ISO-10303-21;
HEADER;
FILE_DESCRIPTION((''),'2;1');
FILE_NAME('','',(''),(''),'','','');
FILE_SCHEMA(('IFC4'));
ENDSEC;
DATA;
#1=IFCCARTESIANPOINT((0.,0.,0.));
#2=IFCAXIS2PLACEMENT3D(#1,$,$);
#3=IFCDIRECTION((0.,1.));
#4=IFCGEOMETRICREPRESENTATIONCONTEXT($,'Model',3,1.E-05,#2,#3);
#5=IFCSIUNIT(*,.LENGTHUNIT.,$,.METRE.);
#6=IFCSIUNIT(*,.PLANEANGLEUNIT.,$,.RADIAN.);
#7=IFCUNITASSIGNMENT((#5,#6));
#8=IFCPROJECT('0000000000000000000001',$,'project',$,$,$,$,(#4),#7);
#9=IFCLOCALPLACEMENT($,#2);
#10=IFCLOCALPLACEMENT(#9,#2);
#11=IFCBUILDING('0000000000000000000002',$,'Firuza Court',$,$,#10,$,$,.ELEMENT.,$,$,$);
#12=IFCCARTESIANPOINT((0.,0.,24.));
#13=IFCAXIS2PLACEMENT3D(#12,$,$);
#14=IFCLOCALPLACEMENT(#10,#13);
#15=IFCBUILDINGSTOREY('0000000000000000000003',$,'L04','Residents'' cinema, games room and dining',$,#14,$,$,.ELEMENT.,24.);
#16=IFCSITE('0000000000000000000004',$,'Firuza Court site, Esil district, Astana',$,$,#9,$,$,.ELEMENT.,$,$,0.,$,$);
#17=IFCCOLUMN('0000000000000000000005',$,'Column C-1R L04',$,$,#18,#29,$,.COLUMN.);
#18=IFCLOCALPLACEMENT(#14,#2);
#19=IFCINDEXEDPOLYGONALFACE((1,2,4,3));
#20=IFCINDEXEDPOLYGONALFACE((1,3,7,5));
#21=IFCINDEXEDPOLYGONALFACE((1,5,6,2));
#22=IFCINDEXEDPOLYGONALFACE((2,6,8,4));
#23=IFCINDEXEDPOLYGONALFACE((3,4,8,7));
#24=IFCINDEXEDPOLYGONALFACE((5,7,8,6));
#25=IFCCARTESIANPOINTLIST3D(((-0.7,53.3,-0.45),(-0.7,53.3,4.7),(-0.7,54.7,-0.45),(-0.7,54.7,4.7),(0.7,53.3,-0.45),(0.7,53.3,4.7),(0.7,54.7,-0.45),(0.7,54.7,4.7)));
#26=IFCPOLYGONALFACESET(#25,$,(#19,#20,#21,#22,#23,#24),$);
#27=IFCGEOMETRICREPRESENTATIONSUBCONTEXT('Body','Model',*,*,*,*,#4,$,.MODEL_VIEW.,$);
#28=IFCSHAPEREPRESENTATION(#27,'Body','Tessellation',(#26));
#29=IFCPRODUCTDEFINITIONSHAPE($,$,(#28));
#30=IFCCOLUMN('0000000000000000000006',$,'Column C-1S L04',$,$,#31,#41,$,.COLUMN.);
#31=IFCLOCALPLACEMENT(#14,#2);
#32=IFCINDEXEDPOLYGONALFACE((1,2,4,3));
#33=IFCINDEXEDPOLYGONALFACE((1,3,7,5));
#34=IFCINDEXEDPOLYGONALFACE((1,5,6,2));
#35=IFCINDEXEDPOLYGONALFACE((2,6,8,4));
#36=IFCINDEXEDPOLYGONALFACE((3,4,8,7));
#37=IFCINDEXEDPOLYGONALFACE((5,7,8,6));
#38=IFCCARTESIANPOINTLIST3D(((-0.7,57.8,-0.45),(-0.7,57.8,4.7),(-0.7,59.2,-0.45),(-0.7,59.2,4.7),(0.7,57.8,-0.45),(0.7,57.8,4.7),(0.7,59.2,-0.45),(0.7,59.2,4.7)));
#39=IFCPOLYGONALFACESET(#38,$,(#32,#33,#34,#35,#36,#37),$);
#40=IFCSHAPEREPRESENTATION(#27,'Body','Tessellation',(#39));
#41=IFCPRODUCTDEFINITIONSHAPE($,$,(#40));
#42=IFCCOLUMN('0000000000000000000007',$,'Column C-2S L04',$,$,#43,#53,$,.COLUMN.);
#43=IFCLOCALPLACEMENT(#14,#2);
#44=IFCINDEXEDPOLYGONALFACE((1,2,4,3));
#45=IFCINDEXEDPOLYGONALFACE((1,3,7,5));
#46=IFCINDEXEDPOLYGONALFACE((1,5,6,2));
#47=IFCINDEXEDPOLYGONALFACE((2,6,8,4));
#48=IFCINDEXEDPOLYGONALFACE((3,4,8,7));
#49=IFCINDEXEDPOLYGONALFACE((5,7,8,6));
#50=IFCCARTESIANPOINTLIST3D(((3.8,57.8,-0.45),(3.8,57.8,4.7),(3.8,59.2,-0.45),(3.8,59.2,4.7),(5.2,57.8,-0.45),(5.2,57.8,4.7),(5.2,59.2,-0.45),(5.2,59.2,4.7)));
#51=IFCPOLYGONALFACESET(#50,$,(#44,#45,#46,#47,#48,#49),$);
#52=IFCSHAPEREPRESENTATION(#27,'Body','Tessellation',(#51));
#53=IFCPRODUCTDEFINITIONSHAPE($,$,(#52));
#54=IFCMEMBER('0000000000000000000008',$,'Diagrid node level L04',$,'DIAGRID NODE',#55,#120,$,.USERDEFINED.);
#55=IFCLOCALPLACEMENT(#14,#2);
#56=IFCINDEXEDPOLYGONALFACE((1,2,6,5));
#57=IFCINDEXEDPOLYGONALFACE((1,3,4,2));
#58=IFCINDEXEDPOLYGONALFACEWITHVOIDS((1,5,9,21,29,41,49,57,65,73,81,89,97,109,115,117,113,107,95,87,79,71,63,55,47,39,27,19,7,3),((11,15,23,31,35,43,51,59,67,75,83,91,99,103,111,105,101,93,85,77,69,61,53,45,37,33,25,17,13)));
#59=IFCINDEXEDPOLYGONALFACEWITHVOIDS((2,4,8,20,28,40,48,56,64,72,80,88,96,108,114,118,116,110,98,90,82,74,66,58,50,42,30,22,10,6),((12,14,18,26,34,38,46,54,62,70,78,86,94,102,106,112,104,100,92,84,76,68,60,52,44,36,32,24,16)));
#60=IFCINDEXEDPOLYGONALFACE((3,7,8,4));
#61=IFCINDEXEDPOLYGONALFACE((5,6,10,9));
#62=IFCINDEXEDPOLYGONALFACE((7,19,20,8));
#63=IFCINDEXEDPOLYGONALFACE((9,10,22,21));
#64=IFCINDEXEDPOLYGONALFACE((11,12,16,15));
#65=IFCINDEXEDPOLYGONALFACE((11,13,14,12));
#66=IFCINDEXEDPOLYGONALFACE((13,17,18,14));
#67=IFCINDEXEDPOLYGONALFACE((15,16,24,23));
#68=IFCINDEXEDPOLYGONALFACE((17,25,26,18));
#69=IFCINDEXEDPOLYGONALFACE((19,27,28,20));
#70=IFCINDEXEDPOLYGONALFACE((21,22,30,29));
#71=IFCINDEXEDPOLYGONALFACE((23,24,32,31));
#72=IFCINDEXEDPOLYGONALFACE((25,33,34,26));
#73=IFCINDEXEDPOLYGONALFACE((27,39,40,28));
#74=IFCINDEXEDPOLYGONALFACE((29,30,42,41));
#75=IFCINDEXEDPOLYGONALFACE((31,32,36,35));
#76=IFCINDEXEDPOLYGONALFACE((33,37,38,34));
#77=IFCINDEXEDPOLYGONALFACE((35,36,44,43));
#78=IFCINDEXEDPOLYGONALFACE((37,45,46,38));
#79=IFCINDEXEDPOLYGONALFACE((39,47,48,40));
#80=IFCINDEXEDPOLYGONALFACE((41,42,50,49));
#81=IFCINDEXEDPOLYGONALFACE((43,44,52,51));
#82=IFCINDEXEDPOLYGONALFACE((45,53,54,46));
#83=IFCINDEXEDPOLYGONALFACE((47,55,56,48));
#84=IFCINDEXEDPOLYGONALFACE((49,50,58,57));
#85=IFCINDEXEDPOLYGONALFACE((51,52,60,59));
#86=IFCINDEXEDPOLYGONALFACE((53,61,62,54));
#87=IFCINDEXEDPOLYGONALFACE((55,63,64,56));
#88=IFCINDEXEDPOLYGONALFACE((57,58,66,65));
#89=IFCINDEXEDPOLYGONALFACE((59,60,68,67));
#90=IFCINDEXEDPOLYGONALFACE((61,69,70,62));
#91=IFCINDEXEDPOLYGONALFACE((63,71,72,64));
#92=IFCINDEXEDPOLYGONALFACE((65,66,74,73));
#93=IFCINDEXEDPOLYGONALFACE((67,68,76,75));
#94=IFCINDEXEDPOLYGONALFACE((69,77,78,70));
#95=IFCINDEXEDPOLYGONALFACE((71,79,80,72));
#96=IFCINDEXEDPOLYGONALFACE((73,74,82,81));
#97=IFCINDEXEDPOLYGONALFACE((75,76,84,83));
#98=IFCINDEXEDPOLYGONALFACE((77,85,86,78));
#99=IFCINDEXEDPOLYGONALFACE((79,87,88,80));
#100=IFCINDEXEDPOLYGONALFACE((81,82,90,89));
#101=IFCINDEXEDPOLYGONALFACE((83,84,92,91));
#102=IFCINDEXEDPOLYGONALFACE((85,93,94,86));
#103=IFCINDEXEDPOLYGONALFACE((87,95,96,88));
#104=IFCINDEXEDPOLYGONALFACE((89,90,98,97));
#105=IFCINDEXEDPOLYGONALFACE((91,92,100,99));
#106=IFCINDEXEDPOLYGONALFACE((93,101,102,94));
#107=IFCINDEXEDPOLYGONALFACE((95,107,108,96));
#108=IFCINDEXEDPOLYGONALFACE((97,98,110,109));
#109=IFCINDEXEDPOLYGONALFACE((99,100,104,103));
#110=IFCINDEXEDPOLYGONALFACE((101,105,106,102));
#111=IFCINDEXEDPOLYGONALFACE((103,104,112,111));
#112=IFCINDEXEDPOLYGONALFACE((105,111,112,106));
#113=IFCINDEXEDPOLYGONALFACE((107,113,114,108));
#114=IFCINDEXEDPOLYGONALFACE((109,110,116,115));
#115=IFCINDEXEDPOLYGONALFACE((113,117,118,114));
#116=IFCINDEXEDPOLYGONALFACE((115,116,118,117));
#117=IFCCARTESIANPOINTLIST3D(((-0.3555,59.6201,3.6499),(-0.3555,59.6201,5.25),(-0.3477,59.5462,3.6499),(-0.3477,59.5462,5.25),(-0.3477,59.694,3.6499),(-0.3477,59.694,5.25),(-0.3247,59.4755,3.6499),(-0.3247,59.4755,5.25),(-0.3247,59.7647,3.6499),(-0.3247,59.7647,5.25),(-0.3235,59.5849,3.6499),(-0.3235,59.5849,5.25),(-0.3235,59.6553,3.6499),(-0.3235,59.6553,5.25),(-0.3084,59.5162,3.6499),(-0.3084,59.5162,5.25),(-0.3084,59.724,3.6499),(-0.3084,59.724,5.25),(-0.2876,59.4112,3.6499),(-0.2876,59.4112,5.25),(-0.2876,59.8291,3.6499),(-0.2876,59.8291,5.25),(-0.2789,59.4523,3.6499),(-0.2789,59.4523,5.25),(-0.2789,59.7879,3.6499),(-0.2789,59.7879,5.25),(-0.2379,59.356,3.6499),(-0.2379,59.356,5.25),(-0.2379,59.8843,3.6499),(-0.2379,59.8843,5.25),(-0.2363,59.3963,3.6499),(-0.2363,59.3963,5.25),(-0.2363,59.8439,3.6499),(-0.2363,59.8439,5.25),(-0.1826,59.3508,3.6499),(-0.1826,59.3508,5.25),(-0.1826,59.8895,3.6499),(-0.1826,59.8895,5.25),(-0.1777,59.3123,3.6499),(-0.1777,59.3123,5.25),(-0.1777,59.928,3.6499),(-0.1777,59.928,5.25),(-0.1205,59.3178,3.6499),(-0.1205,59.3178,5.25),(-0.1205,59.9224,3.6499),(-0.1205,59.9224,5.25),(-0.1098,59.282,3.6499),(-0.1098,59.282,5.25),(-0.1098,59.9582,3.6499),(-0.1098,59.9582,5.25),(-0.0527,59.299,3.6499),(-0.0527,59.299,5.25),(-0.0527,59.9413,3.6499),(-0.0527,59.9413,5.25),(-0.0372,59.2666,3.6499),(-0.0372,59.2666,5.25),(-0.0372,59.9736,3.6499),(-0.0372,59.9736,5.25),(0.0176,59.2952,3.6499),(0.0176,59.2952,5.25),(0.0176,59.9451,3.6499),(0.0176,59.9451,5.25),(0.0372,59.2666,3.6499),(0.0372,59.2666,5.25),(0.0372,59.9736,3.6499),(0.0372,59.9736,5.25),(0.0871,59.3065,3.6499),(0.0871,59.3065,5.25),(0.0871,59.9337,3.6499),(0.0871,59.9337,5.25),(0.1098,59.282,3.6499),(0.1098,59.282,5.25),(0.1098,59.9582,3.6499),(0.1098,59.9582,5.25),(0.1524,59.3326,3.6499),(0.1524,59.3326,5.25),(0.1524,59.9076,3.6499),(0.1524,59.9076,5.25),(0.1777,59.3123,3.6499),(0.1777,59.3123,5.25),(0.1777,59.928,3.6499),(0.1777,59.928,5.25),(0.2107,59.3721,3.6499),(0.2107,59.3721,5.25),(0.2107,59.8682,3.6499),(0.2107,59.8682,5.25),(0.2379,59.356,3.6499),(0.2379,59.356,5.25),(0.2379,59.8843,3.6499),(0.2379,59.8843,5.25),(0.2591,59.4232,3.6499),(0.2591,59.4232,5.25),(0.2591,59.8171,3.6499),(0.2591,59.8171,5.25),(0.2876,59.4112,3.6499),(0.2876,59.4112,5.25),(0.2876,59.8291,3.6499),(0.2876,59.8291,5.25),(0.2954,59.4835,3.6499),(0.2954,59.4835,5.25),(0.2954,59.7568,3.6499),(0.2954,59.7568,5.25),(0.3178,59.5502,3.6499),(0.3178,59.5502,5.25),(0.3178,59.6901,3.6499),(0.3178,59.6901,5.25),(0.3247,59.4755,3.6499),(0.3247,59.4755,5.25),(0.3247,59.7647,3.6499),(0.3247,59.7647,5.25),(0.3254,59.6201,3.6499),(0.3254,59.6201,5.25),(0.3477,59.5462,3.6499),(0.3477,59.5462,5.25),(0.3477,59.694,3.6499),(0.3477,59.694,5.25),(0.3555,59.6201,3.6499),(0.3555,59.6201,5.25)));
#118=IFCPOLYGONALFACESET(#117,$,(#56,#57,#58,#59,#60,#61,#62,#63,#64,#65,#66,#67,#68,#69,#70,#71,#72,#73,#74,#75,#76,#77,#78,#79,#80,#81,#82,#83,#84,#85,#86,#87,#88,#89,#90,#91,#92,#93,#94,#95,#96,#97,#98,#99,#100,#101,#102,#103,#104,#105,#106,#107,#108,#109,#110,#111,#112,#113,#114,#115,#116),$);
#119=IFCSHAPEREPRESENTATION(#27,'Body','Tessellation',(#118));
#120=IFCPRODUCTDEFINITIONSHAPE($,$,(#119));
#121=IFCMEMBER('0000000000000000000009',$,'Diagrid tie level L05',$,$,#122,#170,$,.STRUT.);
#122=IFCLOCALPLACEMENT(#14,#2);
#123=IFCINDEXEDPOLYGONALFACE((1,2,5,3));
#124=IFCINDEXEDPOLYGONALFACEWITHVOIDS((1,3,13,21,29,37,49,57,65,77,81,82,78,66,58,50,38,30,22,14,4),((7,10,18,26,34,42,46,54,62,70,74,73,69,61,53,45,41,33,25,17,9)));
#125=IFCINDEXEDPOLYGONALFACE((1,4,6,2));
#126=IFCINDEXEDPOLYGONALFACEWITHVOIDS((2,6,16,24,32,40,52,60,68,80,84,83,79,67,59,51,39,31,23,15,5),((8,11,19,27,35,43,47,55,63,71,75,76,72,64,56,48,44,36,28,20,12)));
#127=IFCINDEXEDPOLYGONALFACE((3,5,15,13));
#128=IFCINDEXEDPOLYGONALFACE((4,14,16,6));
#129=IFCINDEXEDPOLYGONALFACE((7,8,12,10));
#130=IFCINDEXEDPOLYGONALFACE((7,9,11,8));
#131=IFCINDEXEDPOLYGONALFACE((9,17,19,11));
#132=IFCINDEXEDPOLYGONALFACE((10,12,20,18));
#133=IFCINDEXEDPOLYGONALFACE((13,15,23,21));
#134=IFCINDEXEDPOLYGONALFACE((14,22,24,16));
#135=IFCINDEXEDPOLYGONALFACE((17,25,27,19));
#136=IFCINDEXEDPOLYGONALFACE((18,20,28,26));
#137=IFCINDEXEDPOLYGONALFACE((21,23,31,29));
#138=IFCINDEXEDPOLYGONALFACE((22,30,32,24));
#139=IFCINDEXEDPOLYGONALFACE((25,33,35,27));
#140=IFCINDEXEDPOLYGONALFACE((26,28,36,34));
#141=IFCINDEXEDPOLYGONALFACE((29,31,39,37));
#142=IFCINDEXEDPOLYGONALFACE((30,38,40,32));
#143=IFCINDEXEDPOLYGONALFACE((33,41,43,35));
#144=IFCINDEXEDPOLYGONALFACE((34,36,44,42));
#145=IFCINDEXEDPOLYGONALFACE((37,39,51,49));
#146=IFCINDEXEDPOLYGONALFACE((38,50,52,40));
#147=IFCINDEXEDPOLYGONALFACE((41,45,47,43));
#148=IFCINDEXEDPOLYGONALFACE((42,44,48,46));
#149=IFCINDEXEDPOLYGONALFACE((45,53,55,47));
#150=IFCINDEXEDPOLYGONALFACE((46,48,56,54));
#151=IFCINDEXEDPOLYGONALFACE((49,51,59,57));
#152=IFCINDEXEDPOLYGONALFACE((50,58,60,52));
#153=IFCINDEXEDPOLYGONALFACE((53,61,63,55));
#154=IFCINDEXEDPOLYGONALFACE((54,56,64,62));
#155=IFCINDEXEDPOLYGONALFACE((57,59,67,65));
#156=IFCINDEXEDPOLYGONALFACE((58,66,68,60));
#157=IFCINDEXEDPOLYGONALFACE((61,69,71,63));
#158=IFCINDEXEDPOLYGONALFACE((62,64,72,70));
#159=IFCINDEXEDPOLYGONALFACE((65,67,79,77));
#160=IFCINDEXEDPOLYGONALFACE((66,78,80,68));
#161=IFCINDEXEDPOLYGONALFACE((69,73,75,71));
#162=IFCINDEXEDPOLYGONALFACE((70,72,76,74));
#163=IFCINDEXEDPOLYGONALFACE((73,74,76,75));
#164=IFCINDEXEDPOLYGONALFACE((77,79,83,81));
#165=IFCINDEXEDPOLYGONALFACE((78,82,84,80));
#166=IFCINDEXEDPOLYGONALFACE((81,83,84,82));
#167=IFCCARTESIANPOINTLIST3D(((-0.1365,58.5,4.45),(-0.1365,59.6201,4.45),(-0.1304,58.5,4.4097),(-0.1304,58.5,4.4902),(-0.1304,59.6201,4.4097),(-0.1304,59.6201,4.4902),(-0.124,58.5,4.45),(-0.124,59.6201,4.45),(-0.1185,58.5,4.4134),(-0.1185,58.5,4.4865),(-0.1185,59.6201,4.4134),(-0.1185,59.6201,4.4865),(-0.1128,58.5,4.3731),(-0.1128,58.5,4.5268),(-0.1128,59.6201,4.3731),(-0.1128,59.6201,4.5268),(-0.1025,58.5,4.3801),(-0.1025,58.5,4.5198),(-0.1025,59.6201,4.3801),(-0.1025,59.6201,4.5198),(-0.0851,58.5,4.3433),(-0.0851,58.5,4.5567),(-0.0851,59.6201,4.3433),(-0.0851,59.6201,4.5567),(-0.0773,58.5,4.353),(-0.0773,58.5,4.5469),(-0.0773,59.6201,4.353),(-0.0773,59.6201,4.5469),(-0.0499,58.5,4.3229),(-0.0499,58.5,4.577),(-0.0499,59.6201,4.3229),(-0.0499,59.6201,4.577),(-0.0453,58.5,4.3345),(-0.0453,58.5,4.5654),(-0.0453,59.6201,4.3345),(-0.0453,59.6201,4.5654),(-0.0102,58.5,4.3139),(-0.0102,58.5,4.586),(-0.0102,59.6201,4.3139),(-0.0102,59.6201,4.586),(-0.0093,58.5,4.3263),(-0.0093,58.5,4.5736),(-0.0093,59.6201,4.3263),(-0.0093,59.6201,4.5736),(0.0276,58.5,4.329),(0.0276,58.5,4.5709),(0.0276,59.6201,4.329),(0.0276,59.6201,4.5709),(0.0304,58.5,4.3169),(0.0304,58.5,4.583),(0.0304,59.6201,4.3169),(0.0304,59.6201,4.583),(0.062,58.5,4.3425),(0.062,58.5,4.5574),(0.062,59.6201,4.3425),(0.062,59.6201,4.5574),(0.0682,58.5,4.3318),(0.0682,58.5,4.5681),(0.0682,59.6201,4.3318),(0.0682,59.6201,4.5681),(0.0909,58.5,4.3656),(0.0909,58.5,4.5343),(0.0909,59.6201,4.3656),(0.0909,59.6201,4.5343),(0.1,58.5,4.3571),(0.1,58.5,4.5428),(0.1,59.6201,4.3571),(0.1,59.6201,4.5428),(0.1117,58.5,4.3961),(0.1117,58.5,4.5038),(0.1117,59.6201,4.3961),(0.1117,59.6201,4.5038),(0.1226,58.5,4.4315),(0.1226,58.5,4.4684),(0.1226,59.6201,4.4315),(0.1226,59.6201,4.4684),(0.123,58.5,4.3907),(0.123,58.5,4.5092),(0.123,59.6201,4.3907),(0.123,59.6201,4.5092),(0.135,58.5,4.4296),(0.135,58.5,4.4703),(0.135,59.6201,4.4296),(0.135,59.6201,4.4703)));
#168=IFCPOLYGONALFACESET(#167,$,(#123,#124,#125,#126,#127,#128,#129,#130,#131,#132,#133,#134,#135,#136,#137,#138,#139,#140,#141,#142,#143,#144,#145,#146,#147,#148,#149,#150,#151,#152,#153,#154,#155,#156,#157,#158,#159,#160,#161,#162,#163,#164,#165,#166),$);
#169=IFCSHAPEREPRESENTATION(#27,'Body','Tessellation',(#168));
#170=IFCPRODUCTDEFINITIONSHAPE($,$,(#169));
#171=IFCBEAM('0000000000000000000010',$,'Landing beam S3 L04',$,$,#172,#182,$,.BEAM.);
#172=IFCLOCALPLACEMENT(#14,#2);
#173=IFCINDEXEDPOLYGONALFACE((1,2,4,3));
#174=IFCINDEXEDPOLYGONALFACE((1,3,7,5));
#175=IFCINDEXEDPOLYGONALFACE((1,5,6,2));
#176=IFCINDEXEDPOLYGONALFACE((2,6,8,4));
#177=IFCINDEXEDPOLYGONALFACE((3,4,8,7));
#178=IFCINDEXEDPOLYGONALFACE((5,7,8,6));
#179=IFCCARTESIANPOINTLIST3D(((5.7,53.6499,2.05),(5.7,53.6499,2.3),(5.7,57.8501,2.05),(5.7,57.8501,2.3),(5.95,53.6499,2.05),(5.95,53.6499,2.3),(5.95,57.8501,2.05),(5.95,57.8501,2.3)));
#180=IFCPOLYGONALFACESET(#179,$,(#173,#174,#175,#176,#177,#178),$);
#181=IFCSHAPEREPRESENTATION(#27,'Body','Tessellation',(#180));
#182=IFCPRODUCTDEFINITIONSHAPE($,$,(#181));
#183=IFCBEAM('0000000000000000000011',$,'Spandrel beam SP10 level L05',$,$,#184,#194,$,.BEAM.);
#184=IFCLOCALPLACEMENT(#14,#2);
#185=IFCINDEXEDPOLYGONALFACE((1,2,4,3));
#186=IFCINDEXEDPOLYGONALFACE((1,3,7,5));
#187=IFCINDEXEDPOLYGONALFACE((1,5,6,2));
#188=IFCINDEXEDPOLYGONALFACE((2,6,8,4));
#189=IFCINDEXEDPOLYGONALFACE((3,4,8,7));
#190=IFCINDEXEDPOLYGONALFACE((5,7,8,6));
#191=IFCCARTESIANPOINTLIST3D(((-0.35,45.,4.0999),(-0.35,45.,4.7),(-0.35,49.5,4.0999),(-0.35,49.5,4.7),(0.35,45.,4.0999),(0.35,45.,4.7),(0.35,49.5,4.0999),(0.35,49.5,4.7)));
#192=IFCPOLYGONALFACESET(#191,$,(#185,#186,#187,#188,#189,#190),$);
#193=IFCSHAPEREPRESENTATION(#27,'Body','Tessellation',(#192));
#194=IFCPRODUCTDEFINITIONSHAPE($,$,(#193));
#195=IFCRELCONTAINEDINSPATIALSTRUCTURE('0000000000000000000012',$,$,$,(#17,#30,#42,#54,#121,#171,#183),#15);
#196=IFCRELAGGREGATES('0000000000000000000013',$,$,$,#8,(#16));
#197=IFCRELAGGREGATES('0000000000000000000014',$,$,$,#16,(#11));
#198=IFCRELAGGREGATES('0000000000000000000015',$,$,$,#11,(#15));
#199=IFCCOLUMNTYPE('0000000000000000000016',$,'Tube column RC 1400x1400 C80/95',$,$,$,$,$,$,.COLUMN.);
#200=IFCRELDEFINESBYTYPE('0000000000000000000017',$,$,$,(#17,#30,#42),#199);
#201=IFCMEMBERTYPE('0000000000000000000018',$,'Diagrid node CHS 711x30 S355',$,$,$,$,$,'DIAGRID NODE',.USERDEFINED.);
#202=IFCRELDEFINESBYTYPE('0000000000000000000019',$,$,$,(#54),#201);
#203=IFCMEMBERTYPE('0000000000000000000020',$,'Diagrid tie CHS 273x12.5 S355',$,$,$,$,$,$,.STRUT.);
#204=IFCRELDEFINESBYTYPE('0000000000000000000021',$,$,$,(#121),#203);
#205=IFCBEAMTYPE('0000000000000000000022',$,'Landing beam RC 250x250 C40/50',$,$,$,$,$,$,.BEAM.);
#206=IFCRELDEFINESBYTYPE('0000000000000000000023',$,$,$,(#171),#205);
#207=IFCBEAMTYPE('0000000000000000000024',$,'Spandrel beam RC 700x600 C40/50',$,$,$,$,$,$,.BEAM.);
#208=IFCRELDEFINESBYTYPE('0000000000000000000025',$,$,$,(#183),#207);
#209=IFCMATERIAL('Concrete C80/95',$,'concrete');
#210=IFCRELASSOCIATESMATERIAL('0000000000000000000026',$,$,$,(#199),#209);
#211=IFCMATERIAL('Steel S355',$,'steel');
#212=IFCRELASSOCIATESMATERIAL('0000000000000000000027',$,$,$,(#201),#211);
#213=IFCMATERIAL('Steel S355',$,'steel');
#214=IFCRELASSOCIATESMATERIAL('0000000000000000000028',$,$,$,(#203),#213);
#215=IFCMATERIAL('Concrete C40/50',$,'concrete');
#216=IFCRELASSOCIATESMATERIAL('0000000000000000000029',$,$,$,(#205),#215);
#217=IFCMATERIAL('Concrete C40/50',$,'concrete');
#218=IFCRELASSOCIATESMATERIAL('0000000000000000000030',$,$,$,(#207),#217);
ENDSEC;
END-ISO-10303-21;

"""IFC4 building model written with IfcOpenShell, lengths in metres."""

from ifc_helpers import new_model, si_unit, direction, frame, origin, origin_2d, place, context, subcontext, project, spatial, rectangle, hollow_circle, extrude, material, material_profile, profile_set, type_object, element, save


model = new_model("IFC4")

# Units and contexts
model_context = context("Model", 3, precision=1e-05, world=origin(), true_north=direction((0.0, 1.0)))
body_context = subcontext(model_context, "Body", "Model", "MODEL_VIEW")
ifc_project = project(units=[si_unit("LENGTHUNIT", "METRE"), si_unit("PLANEANGLEUNIT", "RADIAN")], contexts=[model_context])

# Site, building, storey
site_placement = place(None, origin())
site = spatial("IfcSite", under=ifc_project, at=site_placement, Name="Firuza Court site, Esil district, Astana", CompositionType="ELEMENT", RefElevation=0.0)
building_placement = place(site_placement, origin())
building = spatial("IfcBuilding", under=site, at=building_placement, Name="Firuza Court", CompositionType="ELEMENT")
storey_placement = place(building_placement, frame((0.0, 0.0, 24.0)))
storey = spatial("IfcBuildingStorey", under=building, at=storey_placement, Name="L04", Description="Residents' cinema, games room and dining", CompositionType="ELEMENT", Elevation=24.0)

# Columns
ifc_material_1 = material(Name="Concrete C80/95", Category="concrete")
ifc_material_profile_1 = material_profile(ifc_material_1, rectangle(XDim=1.3999, YDim=1.3999, at=origin_2d()), Name="RC 1400x1400")
ifc_profile_set_1 = profile_set([ifc_material_profile_1], Name="Concrete C80/95")
column_type = type_object("IfcColumnType", Name="Tube column RC 1400x1400 C80/95", PredefinedType="COLUMN", material=ifc_profile_set_1)
for number, where, z_axis, x_axis, name in (
    (1, (0.0, 54.0, -0.45), (0.0, 0.0, 1.0), (1.0, 0.0, 0.0), "Column C-1R L04"),
    (2, (0.0, 58.5, -0.45), (0.0, 0.0, 1.0), (1.0, 0.0, 0.0), "Column C-1S L04"),
    (3, (4.5, 58.5, -0.45), (0.0, 0.0, 1.0), (1.0, 0.0, 0.0), "Column C-2S L04"),
):
    element("IfcColumn", number, at=place(storey_placement, frame(where, z_axis=z_axis, x_axis=x_axis)), inside=storey, type_object=column_type, Name=name, PredefinedType="COLUMN", context=body_context, shape_type="SweptSolid", body=[
        extrude(rectangle(XDim=1.3999, YDim=1.3999, at=origin_2d()), origin(), (0.0, 0.0, 1.0), 5.1499),
    ])

# Members
ifc_material_2 = material(Name="Steel S355", Category="steel")
ifc_material_profile_2 = material_profile(ifc_material_2, hollow_circle(Radius=0.3555, WallThickness=0.03, at=origin_2d()), Name="CHS 711x30")
ifc_profile_set_2 = profile_set([ifc_material_profile_2], Name="Steel S355")
member_type_1 = type_object("IfcMemberType", Name="Diagrid node CHS 711x30 S355", ElementType="DIAGRID NODE", PredefinedType="USERDEFINED", material=ifc_profile_set_2)
member_1_placement = place(storey_placement, frame((0.0, 59.6201, 3.6499), z_axis=(0.0, 0.0, 1.0), x_axis=(1.0, 0.0, 0.0)))
element("IfcMember", 4, at=member_1_placement, inside=storey, type_object=member_type_1, Name="Diagrid node level L04", ObjectType="DIAGRID NODE", PredefinedType="USERDEFINED", context=body_context, shape_type="SweptSolid", body=[
    extrude(hollow_circle(Radius=0.3555, WallThickness=0.03, at=origin_2d()), origin(), (0.0, 0.0, 1.0), 1.6001),
])
ifc_material_3 = material(Name="Steel S355", Category="steel")
ifc_material_profile_3 = material_profile(ifc_material_3, hollow_circle(Radius=0.1365, WallThickness=0.0125, at=origin_2d()), Name="CHS 273x12.5")
ifc_profile_set_3 = profile_set([ifc_material_profile_3], Name="Steel S355")
member_type_2 = type_object("IfcMemberType", Name="Diagrid tie CHS 273x12.5 S355", PredefinedType="STRUT", material=ifc_profile_set_3)
member_2_placement = place(storey_placement, frame((0.0, 58.5, 4.45), z_axis=(0.0, 1.0, 0.0), x_axis=(-1.0, 0.0, 0.0)))
element("IfcMember", 5, at=member_2_placement, inside=storey, type_object=member_type_2, Name="Diagrid tie level L05", PredefinedType="STRUT", context=body_context, shape_type="SweptSolid", body=[
    extrude(hollow_circle(Radius=0.1365, WallThickness=0.0125, at=origin_2d()), origin(), (0.0, 0.0, 1.0), 1.1201),
])

# Beams
ifc_material_4 = material(Name="Concrete C40/50", Category="concrete")
ifc_material_profile_4 = material_profile(ifc_material_4, rectangle(XDim=0.25, YDim=0.25, at=origin_2d()), Name="RC 250x250")
ifc_profile_set_4 = profile_set([ifc_material_profile_4], Name="Concrete C40/50")
beam_type_1 = type_object("IfcBeamType", Name="Landing beam RC 250x250 C40/50", PredefinedType="BEAM", material=ifc_profile_set_4)
beam_placement = place(storey_placement, frame((5.825, 53.6499, 2.175), z_axis=(0.0, 1.0, 0.0), x_axis=(-1.0, 0.0, 0.0)))
element("IfcBeam", 6, at=beam_placement, inside=storey, type_object=beam_type_1, Name="Landing beam S3 L04", PredefinedType="BEAM", context=body_context, shape_type="SweptSolid", body=[
    extrude(rectangle(XDim=0.25, YDim=0.25, at=origin_2d()), origin(), (0.0, 0.0, 1.0), 4.2002),
])
ifc_material_5 = material(Name="Concrete C40/50", Category="concrete")
ifc_material_profile_5 = material_profile(ifc_material_5, rectangle(XDim=0.7, YDim=0.6001, at=origin_2d()), Name="RC 700x600")
ifc_profile_set_5 = profile_set([ifc_material_profile_5], Name="Concrete C40/50")
beam_type_2 = type_object("IfcBeamType", Name="Spandrel beam RC 700x600 C40/50", PredefinedType="BEAM", material=ifc_profile_set_5)
for number, where, z_axis, x_axis, name in (
    (7, (0.0, 49.5, 4.3999), (0.0, -1.0, 0.0), (1.0, 0.0, 0.0), "Spandrel beam SP10 level L05"),
):
    element("IfcBeam", number, at=place(storey_placement, frame(where, z_axis=z_axis, x_axis=x_axis)), inside=storey, type_object=beam_type_2, Name=name, PredefinedType="BEAM", context=body_context, shape_type="SweptSolid", body=[
        extrude(rectangle(XDim=0.7, YDim=0.6001, at=origin_2d()), origin(), (0.0, 0.0, 1.0), 4.5),
    ])

save(model, "model.ifc")
